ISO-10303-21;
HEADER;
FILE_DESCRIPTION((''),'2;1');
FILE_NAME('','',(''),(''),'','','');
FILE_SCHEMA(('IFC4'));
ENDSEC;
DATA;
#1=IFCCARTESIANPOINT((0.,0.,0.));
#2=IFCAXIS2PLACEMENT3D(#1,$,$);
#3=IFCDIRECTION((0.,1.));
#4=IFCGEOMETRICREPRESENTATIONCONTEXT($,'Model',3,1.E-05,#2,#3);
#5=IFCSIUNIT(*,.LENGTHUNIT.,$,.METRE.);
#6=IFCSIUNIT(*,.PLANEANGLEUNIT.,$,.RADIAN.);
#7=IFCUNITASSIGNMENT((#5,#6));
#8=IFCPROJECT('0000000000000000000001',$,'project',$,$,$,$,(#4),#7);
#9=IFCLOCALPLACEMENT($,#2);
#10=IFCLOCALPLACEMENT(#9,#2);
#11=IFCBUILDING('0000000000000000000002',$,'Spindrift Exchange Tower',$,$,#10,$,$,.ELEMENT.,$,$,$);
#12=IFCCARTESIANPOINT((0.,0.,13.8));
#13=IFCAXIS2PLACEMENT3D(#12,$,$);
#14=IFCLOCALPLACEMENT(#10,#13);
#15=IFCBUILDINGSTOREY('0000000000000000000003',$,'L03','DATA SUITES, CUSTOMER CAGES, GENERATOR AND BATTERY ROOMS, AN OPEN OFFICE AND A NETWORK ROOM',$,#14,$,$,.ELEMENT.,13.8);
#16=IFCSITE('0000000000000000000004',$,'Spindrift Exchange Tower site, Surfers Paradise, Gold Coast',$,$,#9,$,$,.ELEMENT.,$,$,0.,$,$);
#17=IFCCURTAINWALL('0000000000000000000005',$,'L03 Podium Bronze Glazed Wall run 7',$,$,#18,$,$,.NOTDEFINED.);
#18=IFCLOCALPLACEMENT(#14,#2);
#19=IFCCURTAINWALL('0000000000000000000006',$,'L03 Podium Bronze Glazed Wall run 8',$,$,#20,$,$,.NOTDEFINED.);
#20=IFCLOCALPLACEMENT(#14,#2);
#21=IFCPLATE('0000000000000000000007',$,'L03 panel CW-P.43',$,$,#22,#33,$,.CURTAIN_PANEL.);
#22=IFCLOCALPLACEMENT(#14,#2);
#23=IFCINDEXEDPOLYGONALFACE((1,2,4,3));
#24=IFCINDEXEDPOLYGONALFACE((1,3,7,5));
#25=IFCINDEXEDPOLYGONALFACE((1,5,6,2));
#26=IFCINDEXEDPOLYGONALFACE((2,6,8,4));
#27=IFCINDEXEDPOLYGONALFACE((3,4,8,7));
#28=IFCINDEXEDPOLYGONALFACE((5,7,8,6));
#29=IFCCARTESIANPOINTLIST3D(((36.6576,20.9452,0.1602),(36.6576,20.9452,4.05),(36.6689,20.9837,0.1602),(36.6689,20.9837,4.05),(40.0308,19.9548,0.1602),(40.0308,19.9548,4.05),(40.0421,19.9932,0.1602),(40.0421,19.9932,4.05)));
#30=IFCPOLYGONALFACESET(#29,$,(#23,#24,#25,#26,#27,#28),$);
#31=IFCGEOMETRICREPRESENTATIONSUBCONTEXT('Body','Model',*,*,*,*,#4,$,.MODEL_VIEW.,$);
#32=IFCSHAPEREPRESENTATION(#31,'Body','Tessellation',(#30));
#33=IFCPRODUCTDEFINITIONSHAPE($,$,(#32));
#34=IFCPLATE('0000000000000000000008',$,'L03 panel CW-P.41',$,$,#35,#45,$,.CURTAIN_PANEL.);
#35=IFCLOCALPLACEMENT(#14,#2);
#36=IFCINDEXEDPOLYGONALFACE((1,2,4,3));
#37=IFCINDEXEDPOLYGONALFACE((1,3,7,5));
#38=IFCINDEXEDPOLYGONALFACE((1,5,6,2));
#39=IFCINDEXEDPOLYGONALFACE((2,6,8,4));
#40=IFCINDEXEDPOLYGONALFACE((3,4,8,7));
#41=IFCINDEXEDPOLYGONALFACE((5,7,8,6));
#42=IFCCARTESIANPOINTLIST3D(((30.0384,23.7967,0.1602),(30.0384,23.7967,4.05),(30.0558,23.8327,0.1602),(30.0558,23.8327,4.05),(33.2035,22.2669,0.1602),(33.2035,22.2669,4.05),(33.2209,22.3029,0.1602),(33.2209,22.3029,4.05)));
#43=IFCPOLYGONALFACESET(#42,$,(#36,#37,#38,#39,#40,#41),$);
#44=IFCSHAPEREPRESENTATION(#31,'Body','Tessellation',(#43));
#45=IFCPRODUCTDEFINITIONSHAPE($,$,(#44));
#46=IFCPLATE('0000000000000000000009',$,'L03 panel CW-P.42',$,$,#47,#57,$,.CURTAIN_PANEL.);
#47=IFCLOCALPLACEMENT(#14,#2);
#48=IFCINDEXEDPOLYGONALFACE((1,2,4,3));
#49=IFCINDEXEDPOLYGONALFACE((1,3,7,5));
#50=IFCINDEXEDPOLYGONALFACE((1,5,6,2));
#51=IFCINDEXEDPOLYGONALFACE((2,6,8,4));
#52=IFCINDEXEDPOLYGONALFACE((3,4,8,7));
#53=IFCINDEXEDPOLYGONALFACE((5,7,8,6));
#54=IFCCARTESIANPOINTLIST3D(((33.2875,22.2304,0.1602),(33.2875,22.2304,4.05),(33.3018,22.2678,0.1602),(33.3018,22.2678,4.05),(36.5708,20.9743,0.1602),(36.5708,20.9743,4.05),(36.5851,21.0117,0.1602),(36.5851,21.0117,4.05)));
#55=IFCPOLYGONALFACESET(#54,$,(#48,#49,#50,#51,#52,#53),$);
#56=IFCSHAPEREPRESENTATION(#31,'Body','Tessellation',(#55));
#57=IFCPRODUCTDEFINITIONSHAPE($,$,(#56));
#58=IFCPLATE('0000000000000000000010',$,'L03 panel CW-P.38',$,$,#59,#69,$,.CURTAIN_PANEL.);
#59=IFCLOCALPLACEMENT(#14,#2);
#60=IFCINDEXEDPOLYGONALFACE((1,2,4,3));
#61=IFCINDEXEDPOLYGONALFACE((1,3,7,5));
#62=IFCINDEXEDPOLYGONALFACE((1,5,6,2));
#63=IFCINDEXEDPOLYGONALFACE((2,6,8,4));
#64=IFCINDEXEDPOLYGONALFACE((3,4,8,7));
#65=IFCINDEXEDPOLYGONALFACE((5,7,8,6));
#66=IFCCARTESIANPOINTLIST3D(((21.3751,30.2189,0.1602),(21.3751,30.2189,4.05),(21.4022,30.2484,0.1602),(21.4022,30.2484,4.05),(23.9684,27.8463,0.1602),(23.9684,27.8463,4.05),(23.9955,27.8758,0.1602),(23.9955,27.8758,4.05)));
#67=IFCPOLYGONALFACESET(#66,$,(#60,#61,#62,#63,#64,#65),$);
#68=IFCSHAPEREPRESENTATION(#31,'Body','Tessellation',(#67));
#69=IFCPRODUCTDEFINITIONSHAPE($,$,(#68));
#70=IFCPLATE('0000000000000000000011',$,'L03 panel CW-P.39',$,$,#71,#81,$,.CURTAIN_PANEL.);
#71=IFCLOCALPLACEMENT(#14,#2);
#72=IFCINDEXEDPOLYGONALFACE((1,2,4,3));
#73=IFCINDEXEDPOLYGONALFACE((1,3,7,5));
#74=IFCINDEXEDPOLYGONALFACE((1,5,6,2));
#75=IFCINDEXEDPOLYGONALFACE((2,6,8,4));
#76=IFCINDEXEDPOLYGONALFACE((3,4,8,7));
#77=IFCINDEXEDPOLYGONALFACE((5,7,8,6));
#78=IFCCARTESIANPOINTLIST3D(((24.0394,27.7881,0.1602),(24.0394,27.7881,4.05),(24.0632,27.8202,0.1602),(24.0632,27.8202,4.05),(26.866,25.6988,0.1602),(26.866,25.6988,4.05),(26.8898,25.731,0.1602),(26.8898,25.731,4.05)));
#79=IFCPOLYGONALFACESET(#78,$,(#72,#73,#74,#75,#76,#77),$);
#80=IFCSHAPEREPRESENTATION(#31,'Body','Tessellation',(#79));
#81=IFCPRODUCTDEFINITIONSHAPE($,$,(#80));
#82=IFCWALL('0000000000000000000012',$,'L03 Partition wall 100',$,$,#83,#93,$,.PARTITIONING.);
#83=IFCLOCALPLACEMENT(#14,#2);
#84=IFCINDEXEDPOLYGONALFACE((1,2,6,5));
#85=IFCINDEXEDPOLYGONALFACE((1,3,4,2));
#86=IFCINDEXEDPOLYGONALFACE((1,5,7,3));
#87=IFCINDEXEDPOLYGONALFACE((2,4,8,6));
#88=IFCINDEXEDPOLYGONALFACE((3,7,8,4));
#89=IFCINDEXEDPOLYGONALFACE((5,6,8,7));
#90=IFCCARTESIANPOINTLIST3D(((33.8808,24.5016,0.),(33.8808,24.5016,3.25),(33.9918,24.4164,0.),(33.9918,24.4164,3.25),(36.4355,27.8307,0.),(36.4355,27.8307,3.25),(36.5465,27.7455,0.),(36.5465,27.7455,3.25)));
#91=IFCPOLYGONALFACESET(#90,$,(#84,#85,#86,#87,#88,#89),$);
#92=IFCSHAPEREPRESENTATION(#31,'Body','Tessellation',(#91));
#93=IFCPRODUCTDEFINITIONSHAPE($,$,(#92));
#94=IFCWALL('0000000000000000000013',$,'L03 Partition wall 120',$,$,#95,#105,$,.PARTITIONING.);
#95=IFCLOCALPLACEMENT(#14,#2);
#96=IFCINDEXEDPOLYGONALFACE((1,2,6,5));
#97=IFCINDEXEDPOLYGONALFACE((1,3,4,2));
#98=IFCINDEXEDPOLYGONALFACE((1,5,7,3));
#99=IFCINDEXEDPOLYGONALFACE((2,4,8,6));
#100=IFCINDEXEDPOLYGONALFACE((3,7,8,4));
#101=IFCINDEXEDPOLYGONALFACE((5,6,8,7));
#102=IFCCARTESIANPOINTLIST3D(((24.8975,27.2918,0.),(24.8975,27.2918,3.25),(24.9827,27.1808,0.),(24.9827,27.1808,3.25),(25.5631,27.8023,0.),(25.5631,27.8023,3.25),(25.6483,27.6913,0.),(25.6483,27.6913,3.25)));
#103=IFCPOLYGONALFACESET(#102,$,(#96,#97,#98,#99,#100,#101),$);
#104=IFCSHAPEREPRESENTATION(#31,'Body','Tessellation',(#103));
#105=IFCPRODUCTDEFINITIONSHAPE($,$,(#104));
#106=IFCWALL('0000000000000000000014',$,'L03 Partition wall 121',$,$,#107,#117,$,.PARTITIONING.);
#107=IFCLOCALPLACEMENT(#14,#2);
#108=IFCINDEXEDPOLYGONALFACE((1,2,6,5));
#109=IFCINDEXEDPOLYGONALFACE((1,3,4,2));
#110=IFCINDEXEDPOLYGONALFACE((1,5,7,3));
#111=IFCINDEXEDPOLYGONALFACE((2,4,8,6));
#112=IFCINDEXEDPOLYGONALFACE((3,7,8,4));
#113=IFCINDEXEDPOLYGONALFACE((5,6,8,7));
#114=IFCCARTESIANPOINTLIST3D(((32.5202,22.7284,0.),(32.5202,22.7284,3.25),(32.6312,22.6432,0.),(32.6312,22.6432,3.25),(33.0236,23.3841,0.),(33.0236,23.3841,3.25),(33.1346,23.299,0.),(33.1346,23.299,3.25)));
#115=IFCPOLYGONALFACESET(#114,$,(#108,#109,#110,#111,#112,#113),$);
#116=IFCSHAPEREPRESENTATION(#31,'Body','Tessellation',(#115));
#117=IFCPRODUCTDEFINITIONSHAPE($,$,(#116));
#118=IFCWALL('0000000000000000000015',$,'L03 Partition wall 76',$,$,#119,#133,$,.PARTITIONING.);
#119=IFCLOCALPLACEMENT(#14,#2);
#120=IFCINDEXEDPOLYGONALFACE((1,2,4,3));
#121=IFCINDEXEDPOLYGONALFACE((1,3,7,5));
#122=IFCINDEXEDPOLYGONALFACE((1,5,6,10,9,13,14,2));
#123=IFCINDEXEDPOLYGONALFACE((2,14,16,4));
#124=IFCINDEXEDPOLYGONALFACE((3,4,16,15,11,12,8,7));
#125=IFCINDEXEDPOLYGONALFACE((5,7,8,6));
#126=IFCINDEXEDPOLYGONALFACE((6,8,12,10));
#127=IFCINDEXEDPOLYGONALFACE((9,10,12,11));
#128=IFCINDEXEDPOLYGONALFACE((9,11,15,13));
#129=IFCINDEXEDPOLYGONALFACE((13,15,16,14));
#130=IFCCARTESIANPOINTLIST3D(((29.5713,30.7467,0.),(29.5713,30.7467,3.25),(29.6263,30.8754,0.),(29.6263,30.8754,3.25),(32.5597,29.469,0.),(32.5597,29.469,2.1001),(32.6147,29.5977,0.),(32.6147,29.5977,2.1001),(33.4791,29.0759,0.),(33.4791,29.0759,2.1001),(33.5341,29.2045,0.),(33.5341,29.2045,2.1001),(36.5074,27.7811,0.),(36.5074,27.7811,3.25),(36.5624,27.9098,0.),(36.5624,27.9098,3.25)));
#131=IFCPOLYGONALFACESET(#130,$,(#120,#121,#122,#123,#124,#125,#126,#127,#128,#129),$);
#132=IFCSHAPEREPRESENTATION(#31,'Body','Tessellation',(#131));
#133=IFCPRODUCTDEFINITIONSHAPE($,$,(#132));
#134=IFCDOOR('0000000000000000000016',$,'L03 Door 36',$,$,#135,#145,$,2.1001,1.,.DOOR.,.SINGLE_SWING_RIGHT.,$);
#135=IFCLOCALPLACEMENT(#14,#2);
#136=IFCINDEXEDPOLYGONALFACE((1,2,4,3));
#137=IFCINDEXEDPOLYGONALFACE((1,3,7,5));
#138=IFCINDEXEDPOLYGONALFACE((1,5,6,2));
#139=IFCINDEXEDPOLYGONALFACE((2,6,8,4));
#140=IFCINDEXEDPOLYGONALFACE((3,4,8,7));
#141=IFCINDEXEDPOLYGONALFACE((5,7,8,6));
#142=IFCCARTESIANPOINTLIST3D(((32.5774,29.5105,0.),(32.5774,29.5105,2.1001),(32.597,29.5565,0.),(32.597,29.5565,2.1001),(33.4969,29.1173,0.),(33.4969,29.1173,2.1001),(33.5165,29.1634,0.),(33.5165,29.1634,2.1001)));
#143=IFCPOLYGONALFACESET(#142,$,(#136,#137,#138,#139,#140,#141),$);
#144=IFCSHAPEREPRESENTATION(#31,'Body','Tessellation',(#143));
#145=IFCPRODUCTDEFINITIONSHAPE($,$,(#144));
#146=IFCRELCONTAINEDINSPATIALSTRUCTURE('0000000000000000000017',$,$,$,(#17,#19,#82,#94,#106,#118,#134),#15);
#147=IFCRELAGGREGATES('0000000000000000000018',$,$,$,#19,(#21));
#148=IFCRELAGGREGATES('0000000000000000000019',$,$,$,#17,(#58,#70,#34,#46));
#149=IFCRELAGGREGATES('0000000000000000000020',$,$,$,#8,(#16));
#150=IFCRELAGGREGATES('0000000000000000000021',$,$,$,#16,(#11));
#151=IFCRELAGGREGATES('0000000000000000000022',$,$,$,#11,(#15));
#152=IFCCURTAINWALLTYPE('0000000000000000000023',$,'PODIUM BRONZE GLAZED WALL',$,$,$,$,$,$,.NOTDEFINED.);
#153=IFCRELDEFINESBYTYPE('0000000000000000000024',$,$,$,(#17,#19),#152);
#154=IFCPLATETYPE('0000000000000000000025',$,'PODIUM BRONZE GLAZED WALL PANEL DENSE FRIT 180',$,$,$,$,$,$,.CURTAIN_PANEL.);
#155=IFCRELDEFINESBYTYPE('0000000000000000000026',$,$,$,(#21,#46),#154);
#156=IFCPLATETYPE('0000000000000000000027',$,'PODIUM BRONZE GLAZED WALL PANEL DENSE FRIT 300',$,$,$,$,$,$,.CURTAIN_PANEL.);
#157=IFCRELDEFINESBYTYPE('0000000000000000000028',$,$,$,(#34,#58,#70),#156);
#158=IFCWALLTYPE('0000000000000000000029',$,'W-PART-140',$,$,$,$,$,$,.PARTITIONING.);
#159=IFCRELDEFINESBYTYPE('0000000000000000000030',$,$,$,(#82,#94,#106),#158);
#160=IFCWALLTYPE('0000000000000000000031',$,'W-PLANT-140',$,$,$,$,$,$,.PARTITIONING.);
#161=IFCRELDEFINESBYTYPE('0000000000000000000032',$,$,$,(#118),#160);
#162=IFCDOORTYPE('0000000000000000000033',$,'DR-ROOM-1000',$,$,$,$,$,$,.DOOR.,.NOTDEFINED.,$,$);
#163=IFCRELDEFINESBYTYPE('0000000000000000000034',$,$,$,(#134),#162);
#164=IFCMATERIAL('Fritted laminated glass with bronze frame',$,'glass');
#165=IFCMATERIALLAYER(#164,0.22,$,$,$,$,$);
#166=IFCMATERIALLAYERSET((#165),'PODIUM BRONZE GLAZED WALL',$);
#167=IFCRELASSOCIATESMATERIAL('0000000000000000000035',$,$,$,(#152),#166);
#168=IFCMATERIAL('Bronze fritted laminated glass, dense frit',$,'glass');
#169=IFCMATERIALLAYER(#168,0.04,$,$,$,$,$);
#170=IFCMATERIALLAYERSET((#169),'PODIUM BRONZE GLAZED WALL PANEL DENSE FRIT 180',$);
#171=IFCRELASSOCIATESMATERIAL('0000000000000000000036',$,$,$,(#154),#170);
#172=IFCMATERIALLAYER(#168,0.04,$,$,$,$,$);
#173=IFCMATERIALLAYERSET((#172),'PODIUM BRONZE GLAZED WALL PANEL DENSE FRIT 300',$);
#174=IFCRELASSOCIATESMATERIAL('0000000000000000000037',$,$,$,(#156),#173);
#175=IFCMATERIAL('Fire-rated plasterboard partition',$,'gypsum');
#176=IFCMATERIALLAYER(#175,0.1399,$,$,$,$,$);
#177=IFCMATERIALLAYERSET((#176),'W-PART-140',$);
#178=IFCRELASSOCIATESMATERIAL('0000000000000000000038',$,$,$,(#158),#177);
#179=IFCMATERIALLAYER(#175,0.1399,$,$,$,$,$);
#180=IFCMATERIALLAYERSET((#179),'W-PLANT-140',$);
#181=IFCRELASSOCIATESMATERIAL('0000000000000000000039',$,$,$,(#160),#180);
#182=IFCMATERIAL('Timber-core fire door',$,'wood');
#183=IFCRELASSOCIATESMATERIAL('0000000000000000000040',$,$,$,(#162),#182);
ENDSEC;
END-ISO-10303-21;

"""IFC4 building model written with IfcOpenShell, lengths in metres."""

from ifc_helpers import new_model, si_unit, direction, frame, frame_2d, origin, origin_2d, place, context, subcontext, project, spatial, rectangle, extrude, source, transform, mapped, material, layer, layer_set, type_object, element, fill, aggregate, save


model = new_model("IFC4")

# Units and contexts
model_context = context("Model", 3, precision=1e-05, world=origin(), true_north=direction((0.0, 1.0)))
body_context = subcontext(model_context, "Body", "Model", "MODEL_VIEW")
ifc_project = project(units=[si_unit("LENGTHUNIT", "METRE"), si_unit("PLANEANGLEUNIT", "RADIAN")], contexts=[model_context])

# Site, building, storey
site_placement = place(None, origin())
site = spatial("IfcSite", under=ifc_project, at=site_placement, Name="Spindrift Exchange Tower site, Surfers Paradise, Gold Coast", CompositionType="ELEMENT", RefElevation=0.0)
building_placement = place(site_placement, origin())
building = spatial("IfcBuilding", under=site, at=building_placement, Name="Spindrift Exchange Tower", CompositionType="ELEMENT")
storey_placement = place(building_placement, frame((0.0, 0.0, 13.8)))
storey = spatial("IfcBuildingStorey", under=building, at=storey_placement, Name="L03", Description="DATA SUITES, CUSTOMER CAGES, GENERATOR AND BATTERY ROOMS, AN OPEN OFFICE AND A NETWORK ROOM", CompositionType="ELEMENT", Elevation=13.8)

# Curtain wall
ifc_material_1 = material(Name="Fritted laminated glass with bronze frame", Category="glass")
ifc_layer_1 = layer(ifc_material_1, 0.22)
ifc_layer_set_1 = layer_set([ifc_layer_1], Name="PODIUM BRONZE GLAZED WALL")
curtain_wall_type = type_object("IfcCurtainWallType", Name="PODIUM BRONZE GLAZED WALL", PredefinedType="NOTDEFINED", material=ifc_layer_set_1)
curtain_wall_1_placement = place(storey_placement, origin())
curtain_wall_1 = element("IfcCurtainWall", 1, at=curtain_wall_1_placement, inside=storey, type_object=curtain_wall_type, Name="L03 Podium Bronze Glazed Wall run 7", PredefinedType="NOTDEFINED")

# Curtain wall
curtain_wall_2_placement = place(storey_placement, origin())
curtain_wall_2 = element("IfcCurtainWall", 2, at=curtain_wall_2_placement, inside=storey, type_object=curtain_wall_type, Name="L03 Podium Bronze Glazed Wall run 8", PredefinedType="NOTDEFINED")

# Plates
ifc_material_2 = material(Name="Bronze fritted laminated glass, dense frit", Category="glass")
ifc_layer_2 = layer(ifc_material_2, 0.04)
ifc_layer_set_2 = layer_set([ifc_layer_2], Name="PODIUM BRONZE GLAZED WALL PANEL DENSE FRIT 180")
plate_type_1 = type_object("IfcPlateType", Name="PODIUM BRONZE GLAZED WALL PANEL DENSE FRIT 180", PredefinedType="CURTAIN_PANEL", material=ifc_layer_set_2)
shared_shape_1 = source(origin(), body_context, "Body", "SweptSolid", [
    extrude(rectangle(XDim=3.5156, YDim=0.04, at=origin_2d()), origin(), (0.0, 0.0, 1.0), 3.8899),
])
plate_1_placement = place(storey_placement, frame((38.3499, 20.4692, 0.1602), z_axis=(0.0, 0.0, 1.0), x_axis=(0.959495, -0.281725, 0.0)))
plate_1 = element("IfcPlate", 3, at=plate_1_placement, type_object=plate_type_1, Name="L03 panel CW-P.43", PredefinedType="CURTAIN_PANEL", context=body_context, shape_type="MappedRepresentation", body=[
    mapped(shared_shape_1, transform((0.0, 0.0, 0.0), scale=1.0)),
])
aggregate(curtain_wall_2, [plate_1])
ifc_layer_3 = layer(ifc_material_2, 0.04)
ifc_layer_set_3 = layer_set([ifc_layer_3], Name="PODIUM BRONZE GLAZED WALL PANEL DENSE FRIT 300")
plate_type_2 = type_object("IfcPlateType", Name="PODIUM BRONZE GLAZED WALL PANEL DENSE FRIT 300", PredefinedType="CURTAIN_PANEL", material=ifc_layer_set_3)
shared_shape_2 = source(origin(), body_context, "Body", "SweptSolid", [
    extrude(rectangle(XDim=3.5154, YDim=0.04, at=origin_2d()), origin(), (0.0, 0.0, 1.0), 3.8899),
])
plate_2_placement = place(storey_placement, frame((31.6296, 23.0498, 0.1602), z_axis=(0.0, 0.0, 1.0), x_axis=(0.900343, -0.435181, 0.0)))
plate_2 = element("IfcPlate", 4, at=plate_2_placement, type_object=plate_type_2, Name="L03 panel CW-P.41", PredefinedType="CURTAIN_PANEL", context=body_context, shape_type="MappedRepresentation", body=[
    mapped(shared_shape_2, transform((0.0, 0.0, 0.0), scale=1.0)),
])
shared_shape_3 = source(origin(), body_context, "Body", "SweptSolid", [
    extrude(rectangle(XDim=3.5154, YDim=0.04, at=origin_2d()), origin(), (0.0, 0.0, 1.0), 3.8899),
])
plate_3_placement = place(storey_placement, frame((34.9363, 21.6211, 0.1602), z_axis=(0.0, 0.0, 1.0), x_axis=(0.933985, -0.357313, 0.0)))
plate_3 = element("IfcPlate", 5, at=plate_3_placement, type_object=plate_type_1, Name="L03 panel CW-P.42", PredefinedType="CURTAIN_PANEL", context=body_context, shape_type="MappedRepresentation", body=[
    mapped(shared_shape_3, transform((0.0, 0.0, 0.0), scale=1.0)),
])
shared_shape_4 = source(origin(), body_context, "Body", "SweptSolid", [
    extrude(rectangle(XDim=3.5149, YDim=0.04, at=origin_2d()), origin(), (0.0, 0.0, 1.0), 3.8899),
])
plate_4_placement = place(storey_placement, frame((22.6853, 29.0474, 0.1602), z_axis=(0.0, 0.0, 1.0), x_axis=(0.737798, -0.675021, 0.0)))
plate_4 = element("IfcPlate", 6, at=plate_4_placement, type_object=plate_type_2, Name="L03 panel CW-P.38", PredefinedType="CURTAIN_PANEL", context=body_context, shape_type="MappedRepresentation", body=[
    mapped(shared_shape_4, transform((0.0, 0.0, 0.0), scale=1.0)),
])
plate_5_placement = place(storey_placement, frame((25.4646, 26.7595, 0.1602), z_axis=(0.0, 0.0, 1.0), x_axis=(0.804168, -0.594402, 0.0)))
plate_5 = element("IfcPlate", 7, at=plate_5_placement, type_object=plate_type_2, Name="L03 panel CW-P.39", PredefinedType="CURTAIN_PANEL", context=body_context, shape_type="MappedRepresentation", body=[
    mapped(shared_shape_4, transform((0.0, 0.0, 0.0), scale=1.0)),
])
aggregate(curtain_wall_1, [plate_4, plate_5, plate_2, plate_3])

# Walls
ifc_material_3 = material(Name="Fire-rated plasterboard partition", Category="gypsum")
ifc_layer_4 = layer(ifc_material_3, 0.1399)
ifc_layer_set_4 = layer_set([ifc_layer_4], Name="W-PART-140")
wall_type_1 = type_object("IfcWallType", Name="W-PART-140", PredefinedType="PARTITIONING", material=ifc_layer_set_4)
wall_1_placement = place(storey_placement, frame((36.491, 27.7881, 0.0), z_axis=(0.0, 0.0, 1.0), x_axis=(-0.608788, -0.793333, 0.0)))
element("IfcWall", 8, at=wall_1_placement, inside=storey, type_object=wall_type_1, Name="L03 Partition wall 100", PredefinedType="PARTITIONING", context=body_context, shape_type="SweptSolid", body=[
    extrude(rectangle(XDim=4.1963, YDim=0.1399, at=frame_2d((2.0981, 0.0))), origin(), (0.0, 0.0, 1.0), 3.25),
])
wall_2_placement = place(storey_placement, frame((25.6057, 27.7468, 0.0), z_axis=(0.0, 0.0, 1.0), x_axis=(-0.793456, -0.608627, 0.0)))
element("IfcWall", 9, at=wall_2_placement, inside=storey, type_object=wall_type_1, Name="L03 Partition wall 120", PredefinedType="PARTITIONING", context=body_context, shape_type="SweptSolid", body=[
    extrude(rectangle(XDim=0.8389, YDim=0.1399, at=frame_2d((0.4194, 0.0))), origin(), (0.0, 0.0, 1.0), 3.25),
])
wall_3_placement = place(storey_placement, frame((33.0791, 23.3416, 0.0), z_axis=(0.0, 0.0, 1.0), x_axis=(-0.60894, -0.793216, 0.0)))
element("IfcWall", 10, at=wall_3_placement, inside=storey, type_object=wall_type_1, Name="L03 Partition wall 121", PredefinedType="PARTITIONING", context=body_context, shape_type="SweptSolid", body=[
    extrude(rectangle(XDim=0.8267, YDim=0.1399, at=frame_2d((0.4133, 0.0))), origin(), (0.0, 0.0, 1.0), 3.25),
])

# Wall, opening, door
ifc_layer_5 = layer(ifc_material_3, 0.1399)
ifc_layer_set_5 = layer_set([ifc_layer_5], Name="W-PLANT-140")
wall_type_2 = type_object("IfcWallType", Name="W-PLANT-140", PredefinedType="PARTITIONING", material=ifc_layer_set_5)
wall_4_placement = place(storey_placement, frame((36.5349, 27.8455, 0.0), z_axis=(0.0, 0.0, 1.0), x_axis=(-0.919481, 0.393134, 0.0)))
wall_4 = element("IfcWall", 11, at=wall_4_placement, inside=storey, type_object=wall_type_2, Name="L03 Partition wall 76", PredefinedType="PARTITIONING", context=body_context, shape_type="SweptSolid", body=[
    extrude(rectangle(XDim=7.5435, YDim=0.1399, at=frame_2d((3.7717, 0.0))), origin(), (0.0, 0.0, 1.0), 3.25),
])
opening_placement = place(wall_4_placement, frame((3.2935, 0.0, 0.0)))
opening = element("IfcOpeningElement", 12, at=opening_placement, cuts=wall_4, PredefinedType="OPENING", context=body_context, shape_type="SweptSolid", body=[
    extrude(rectangle(XDim=1.0, YDim=2.1001, at=frame_2d((0.5, 1.05))), frame((0.0, 0.0798, 0.0), z_axis=(0.0, -1.0, 0.0), x_axis=(1.0, 0.0, 0.0)), (0.0, 0.0, 1.0), 0.1599),
])
ifc_material_4 = material(Name="Timber-core fire door", Category="wood")
door_type = type_object("IfcDoorType", Name="DR-ROOM-1000", OperationType="NOTDEFINED", PredefinedType="DOOR", material=ifc_material_4)
shared_shape_5 = source(origin(), body_context, "Body", "SweptSolid", [
    extrude(rectangle(XDim=1.0, YDim=2.1001, at=frame_2d((0.5, 1.05))), frame((0.0, 0.0249, 0.0), z_axis=(0.0, -1.0, 0.0), x_axis=(1.0, 0.0, 0.0)), (0.0, 0.0, 1.0), 0.05),
])
door_placement = place(opening_placement, origin())
door = element("IfcDoor", 13, at=door_placement, inside=storey, type_object=door_type, Name="L03 Door 36", OperationType="SINGLE_SWING_RIGHT", OverallHeight=2.1001, OverallWidth=1.0, PredefinedType="DOOR", context=body_context, shape_type="MappedRepresentation", body=[
    mapped(shared_shape_5, transform((0.0, 0.0, 0.0), scale=1.0)),
])
fill(opening, door)

save(model, "model.ifc")
